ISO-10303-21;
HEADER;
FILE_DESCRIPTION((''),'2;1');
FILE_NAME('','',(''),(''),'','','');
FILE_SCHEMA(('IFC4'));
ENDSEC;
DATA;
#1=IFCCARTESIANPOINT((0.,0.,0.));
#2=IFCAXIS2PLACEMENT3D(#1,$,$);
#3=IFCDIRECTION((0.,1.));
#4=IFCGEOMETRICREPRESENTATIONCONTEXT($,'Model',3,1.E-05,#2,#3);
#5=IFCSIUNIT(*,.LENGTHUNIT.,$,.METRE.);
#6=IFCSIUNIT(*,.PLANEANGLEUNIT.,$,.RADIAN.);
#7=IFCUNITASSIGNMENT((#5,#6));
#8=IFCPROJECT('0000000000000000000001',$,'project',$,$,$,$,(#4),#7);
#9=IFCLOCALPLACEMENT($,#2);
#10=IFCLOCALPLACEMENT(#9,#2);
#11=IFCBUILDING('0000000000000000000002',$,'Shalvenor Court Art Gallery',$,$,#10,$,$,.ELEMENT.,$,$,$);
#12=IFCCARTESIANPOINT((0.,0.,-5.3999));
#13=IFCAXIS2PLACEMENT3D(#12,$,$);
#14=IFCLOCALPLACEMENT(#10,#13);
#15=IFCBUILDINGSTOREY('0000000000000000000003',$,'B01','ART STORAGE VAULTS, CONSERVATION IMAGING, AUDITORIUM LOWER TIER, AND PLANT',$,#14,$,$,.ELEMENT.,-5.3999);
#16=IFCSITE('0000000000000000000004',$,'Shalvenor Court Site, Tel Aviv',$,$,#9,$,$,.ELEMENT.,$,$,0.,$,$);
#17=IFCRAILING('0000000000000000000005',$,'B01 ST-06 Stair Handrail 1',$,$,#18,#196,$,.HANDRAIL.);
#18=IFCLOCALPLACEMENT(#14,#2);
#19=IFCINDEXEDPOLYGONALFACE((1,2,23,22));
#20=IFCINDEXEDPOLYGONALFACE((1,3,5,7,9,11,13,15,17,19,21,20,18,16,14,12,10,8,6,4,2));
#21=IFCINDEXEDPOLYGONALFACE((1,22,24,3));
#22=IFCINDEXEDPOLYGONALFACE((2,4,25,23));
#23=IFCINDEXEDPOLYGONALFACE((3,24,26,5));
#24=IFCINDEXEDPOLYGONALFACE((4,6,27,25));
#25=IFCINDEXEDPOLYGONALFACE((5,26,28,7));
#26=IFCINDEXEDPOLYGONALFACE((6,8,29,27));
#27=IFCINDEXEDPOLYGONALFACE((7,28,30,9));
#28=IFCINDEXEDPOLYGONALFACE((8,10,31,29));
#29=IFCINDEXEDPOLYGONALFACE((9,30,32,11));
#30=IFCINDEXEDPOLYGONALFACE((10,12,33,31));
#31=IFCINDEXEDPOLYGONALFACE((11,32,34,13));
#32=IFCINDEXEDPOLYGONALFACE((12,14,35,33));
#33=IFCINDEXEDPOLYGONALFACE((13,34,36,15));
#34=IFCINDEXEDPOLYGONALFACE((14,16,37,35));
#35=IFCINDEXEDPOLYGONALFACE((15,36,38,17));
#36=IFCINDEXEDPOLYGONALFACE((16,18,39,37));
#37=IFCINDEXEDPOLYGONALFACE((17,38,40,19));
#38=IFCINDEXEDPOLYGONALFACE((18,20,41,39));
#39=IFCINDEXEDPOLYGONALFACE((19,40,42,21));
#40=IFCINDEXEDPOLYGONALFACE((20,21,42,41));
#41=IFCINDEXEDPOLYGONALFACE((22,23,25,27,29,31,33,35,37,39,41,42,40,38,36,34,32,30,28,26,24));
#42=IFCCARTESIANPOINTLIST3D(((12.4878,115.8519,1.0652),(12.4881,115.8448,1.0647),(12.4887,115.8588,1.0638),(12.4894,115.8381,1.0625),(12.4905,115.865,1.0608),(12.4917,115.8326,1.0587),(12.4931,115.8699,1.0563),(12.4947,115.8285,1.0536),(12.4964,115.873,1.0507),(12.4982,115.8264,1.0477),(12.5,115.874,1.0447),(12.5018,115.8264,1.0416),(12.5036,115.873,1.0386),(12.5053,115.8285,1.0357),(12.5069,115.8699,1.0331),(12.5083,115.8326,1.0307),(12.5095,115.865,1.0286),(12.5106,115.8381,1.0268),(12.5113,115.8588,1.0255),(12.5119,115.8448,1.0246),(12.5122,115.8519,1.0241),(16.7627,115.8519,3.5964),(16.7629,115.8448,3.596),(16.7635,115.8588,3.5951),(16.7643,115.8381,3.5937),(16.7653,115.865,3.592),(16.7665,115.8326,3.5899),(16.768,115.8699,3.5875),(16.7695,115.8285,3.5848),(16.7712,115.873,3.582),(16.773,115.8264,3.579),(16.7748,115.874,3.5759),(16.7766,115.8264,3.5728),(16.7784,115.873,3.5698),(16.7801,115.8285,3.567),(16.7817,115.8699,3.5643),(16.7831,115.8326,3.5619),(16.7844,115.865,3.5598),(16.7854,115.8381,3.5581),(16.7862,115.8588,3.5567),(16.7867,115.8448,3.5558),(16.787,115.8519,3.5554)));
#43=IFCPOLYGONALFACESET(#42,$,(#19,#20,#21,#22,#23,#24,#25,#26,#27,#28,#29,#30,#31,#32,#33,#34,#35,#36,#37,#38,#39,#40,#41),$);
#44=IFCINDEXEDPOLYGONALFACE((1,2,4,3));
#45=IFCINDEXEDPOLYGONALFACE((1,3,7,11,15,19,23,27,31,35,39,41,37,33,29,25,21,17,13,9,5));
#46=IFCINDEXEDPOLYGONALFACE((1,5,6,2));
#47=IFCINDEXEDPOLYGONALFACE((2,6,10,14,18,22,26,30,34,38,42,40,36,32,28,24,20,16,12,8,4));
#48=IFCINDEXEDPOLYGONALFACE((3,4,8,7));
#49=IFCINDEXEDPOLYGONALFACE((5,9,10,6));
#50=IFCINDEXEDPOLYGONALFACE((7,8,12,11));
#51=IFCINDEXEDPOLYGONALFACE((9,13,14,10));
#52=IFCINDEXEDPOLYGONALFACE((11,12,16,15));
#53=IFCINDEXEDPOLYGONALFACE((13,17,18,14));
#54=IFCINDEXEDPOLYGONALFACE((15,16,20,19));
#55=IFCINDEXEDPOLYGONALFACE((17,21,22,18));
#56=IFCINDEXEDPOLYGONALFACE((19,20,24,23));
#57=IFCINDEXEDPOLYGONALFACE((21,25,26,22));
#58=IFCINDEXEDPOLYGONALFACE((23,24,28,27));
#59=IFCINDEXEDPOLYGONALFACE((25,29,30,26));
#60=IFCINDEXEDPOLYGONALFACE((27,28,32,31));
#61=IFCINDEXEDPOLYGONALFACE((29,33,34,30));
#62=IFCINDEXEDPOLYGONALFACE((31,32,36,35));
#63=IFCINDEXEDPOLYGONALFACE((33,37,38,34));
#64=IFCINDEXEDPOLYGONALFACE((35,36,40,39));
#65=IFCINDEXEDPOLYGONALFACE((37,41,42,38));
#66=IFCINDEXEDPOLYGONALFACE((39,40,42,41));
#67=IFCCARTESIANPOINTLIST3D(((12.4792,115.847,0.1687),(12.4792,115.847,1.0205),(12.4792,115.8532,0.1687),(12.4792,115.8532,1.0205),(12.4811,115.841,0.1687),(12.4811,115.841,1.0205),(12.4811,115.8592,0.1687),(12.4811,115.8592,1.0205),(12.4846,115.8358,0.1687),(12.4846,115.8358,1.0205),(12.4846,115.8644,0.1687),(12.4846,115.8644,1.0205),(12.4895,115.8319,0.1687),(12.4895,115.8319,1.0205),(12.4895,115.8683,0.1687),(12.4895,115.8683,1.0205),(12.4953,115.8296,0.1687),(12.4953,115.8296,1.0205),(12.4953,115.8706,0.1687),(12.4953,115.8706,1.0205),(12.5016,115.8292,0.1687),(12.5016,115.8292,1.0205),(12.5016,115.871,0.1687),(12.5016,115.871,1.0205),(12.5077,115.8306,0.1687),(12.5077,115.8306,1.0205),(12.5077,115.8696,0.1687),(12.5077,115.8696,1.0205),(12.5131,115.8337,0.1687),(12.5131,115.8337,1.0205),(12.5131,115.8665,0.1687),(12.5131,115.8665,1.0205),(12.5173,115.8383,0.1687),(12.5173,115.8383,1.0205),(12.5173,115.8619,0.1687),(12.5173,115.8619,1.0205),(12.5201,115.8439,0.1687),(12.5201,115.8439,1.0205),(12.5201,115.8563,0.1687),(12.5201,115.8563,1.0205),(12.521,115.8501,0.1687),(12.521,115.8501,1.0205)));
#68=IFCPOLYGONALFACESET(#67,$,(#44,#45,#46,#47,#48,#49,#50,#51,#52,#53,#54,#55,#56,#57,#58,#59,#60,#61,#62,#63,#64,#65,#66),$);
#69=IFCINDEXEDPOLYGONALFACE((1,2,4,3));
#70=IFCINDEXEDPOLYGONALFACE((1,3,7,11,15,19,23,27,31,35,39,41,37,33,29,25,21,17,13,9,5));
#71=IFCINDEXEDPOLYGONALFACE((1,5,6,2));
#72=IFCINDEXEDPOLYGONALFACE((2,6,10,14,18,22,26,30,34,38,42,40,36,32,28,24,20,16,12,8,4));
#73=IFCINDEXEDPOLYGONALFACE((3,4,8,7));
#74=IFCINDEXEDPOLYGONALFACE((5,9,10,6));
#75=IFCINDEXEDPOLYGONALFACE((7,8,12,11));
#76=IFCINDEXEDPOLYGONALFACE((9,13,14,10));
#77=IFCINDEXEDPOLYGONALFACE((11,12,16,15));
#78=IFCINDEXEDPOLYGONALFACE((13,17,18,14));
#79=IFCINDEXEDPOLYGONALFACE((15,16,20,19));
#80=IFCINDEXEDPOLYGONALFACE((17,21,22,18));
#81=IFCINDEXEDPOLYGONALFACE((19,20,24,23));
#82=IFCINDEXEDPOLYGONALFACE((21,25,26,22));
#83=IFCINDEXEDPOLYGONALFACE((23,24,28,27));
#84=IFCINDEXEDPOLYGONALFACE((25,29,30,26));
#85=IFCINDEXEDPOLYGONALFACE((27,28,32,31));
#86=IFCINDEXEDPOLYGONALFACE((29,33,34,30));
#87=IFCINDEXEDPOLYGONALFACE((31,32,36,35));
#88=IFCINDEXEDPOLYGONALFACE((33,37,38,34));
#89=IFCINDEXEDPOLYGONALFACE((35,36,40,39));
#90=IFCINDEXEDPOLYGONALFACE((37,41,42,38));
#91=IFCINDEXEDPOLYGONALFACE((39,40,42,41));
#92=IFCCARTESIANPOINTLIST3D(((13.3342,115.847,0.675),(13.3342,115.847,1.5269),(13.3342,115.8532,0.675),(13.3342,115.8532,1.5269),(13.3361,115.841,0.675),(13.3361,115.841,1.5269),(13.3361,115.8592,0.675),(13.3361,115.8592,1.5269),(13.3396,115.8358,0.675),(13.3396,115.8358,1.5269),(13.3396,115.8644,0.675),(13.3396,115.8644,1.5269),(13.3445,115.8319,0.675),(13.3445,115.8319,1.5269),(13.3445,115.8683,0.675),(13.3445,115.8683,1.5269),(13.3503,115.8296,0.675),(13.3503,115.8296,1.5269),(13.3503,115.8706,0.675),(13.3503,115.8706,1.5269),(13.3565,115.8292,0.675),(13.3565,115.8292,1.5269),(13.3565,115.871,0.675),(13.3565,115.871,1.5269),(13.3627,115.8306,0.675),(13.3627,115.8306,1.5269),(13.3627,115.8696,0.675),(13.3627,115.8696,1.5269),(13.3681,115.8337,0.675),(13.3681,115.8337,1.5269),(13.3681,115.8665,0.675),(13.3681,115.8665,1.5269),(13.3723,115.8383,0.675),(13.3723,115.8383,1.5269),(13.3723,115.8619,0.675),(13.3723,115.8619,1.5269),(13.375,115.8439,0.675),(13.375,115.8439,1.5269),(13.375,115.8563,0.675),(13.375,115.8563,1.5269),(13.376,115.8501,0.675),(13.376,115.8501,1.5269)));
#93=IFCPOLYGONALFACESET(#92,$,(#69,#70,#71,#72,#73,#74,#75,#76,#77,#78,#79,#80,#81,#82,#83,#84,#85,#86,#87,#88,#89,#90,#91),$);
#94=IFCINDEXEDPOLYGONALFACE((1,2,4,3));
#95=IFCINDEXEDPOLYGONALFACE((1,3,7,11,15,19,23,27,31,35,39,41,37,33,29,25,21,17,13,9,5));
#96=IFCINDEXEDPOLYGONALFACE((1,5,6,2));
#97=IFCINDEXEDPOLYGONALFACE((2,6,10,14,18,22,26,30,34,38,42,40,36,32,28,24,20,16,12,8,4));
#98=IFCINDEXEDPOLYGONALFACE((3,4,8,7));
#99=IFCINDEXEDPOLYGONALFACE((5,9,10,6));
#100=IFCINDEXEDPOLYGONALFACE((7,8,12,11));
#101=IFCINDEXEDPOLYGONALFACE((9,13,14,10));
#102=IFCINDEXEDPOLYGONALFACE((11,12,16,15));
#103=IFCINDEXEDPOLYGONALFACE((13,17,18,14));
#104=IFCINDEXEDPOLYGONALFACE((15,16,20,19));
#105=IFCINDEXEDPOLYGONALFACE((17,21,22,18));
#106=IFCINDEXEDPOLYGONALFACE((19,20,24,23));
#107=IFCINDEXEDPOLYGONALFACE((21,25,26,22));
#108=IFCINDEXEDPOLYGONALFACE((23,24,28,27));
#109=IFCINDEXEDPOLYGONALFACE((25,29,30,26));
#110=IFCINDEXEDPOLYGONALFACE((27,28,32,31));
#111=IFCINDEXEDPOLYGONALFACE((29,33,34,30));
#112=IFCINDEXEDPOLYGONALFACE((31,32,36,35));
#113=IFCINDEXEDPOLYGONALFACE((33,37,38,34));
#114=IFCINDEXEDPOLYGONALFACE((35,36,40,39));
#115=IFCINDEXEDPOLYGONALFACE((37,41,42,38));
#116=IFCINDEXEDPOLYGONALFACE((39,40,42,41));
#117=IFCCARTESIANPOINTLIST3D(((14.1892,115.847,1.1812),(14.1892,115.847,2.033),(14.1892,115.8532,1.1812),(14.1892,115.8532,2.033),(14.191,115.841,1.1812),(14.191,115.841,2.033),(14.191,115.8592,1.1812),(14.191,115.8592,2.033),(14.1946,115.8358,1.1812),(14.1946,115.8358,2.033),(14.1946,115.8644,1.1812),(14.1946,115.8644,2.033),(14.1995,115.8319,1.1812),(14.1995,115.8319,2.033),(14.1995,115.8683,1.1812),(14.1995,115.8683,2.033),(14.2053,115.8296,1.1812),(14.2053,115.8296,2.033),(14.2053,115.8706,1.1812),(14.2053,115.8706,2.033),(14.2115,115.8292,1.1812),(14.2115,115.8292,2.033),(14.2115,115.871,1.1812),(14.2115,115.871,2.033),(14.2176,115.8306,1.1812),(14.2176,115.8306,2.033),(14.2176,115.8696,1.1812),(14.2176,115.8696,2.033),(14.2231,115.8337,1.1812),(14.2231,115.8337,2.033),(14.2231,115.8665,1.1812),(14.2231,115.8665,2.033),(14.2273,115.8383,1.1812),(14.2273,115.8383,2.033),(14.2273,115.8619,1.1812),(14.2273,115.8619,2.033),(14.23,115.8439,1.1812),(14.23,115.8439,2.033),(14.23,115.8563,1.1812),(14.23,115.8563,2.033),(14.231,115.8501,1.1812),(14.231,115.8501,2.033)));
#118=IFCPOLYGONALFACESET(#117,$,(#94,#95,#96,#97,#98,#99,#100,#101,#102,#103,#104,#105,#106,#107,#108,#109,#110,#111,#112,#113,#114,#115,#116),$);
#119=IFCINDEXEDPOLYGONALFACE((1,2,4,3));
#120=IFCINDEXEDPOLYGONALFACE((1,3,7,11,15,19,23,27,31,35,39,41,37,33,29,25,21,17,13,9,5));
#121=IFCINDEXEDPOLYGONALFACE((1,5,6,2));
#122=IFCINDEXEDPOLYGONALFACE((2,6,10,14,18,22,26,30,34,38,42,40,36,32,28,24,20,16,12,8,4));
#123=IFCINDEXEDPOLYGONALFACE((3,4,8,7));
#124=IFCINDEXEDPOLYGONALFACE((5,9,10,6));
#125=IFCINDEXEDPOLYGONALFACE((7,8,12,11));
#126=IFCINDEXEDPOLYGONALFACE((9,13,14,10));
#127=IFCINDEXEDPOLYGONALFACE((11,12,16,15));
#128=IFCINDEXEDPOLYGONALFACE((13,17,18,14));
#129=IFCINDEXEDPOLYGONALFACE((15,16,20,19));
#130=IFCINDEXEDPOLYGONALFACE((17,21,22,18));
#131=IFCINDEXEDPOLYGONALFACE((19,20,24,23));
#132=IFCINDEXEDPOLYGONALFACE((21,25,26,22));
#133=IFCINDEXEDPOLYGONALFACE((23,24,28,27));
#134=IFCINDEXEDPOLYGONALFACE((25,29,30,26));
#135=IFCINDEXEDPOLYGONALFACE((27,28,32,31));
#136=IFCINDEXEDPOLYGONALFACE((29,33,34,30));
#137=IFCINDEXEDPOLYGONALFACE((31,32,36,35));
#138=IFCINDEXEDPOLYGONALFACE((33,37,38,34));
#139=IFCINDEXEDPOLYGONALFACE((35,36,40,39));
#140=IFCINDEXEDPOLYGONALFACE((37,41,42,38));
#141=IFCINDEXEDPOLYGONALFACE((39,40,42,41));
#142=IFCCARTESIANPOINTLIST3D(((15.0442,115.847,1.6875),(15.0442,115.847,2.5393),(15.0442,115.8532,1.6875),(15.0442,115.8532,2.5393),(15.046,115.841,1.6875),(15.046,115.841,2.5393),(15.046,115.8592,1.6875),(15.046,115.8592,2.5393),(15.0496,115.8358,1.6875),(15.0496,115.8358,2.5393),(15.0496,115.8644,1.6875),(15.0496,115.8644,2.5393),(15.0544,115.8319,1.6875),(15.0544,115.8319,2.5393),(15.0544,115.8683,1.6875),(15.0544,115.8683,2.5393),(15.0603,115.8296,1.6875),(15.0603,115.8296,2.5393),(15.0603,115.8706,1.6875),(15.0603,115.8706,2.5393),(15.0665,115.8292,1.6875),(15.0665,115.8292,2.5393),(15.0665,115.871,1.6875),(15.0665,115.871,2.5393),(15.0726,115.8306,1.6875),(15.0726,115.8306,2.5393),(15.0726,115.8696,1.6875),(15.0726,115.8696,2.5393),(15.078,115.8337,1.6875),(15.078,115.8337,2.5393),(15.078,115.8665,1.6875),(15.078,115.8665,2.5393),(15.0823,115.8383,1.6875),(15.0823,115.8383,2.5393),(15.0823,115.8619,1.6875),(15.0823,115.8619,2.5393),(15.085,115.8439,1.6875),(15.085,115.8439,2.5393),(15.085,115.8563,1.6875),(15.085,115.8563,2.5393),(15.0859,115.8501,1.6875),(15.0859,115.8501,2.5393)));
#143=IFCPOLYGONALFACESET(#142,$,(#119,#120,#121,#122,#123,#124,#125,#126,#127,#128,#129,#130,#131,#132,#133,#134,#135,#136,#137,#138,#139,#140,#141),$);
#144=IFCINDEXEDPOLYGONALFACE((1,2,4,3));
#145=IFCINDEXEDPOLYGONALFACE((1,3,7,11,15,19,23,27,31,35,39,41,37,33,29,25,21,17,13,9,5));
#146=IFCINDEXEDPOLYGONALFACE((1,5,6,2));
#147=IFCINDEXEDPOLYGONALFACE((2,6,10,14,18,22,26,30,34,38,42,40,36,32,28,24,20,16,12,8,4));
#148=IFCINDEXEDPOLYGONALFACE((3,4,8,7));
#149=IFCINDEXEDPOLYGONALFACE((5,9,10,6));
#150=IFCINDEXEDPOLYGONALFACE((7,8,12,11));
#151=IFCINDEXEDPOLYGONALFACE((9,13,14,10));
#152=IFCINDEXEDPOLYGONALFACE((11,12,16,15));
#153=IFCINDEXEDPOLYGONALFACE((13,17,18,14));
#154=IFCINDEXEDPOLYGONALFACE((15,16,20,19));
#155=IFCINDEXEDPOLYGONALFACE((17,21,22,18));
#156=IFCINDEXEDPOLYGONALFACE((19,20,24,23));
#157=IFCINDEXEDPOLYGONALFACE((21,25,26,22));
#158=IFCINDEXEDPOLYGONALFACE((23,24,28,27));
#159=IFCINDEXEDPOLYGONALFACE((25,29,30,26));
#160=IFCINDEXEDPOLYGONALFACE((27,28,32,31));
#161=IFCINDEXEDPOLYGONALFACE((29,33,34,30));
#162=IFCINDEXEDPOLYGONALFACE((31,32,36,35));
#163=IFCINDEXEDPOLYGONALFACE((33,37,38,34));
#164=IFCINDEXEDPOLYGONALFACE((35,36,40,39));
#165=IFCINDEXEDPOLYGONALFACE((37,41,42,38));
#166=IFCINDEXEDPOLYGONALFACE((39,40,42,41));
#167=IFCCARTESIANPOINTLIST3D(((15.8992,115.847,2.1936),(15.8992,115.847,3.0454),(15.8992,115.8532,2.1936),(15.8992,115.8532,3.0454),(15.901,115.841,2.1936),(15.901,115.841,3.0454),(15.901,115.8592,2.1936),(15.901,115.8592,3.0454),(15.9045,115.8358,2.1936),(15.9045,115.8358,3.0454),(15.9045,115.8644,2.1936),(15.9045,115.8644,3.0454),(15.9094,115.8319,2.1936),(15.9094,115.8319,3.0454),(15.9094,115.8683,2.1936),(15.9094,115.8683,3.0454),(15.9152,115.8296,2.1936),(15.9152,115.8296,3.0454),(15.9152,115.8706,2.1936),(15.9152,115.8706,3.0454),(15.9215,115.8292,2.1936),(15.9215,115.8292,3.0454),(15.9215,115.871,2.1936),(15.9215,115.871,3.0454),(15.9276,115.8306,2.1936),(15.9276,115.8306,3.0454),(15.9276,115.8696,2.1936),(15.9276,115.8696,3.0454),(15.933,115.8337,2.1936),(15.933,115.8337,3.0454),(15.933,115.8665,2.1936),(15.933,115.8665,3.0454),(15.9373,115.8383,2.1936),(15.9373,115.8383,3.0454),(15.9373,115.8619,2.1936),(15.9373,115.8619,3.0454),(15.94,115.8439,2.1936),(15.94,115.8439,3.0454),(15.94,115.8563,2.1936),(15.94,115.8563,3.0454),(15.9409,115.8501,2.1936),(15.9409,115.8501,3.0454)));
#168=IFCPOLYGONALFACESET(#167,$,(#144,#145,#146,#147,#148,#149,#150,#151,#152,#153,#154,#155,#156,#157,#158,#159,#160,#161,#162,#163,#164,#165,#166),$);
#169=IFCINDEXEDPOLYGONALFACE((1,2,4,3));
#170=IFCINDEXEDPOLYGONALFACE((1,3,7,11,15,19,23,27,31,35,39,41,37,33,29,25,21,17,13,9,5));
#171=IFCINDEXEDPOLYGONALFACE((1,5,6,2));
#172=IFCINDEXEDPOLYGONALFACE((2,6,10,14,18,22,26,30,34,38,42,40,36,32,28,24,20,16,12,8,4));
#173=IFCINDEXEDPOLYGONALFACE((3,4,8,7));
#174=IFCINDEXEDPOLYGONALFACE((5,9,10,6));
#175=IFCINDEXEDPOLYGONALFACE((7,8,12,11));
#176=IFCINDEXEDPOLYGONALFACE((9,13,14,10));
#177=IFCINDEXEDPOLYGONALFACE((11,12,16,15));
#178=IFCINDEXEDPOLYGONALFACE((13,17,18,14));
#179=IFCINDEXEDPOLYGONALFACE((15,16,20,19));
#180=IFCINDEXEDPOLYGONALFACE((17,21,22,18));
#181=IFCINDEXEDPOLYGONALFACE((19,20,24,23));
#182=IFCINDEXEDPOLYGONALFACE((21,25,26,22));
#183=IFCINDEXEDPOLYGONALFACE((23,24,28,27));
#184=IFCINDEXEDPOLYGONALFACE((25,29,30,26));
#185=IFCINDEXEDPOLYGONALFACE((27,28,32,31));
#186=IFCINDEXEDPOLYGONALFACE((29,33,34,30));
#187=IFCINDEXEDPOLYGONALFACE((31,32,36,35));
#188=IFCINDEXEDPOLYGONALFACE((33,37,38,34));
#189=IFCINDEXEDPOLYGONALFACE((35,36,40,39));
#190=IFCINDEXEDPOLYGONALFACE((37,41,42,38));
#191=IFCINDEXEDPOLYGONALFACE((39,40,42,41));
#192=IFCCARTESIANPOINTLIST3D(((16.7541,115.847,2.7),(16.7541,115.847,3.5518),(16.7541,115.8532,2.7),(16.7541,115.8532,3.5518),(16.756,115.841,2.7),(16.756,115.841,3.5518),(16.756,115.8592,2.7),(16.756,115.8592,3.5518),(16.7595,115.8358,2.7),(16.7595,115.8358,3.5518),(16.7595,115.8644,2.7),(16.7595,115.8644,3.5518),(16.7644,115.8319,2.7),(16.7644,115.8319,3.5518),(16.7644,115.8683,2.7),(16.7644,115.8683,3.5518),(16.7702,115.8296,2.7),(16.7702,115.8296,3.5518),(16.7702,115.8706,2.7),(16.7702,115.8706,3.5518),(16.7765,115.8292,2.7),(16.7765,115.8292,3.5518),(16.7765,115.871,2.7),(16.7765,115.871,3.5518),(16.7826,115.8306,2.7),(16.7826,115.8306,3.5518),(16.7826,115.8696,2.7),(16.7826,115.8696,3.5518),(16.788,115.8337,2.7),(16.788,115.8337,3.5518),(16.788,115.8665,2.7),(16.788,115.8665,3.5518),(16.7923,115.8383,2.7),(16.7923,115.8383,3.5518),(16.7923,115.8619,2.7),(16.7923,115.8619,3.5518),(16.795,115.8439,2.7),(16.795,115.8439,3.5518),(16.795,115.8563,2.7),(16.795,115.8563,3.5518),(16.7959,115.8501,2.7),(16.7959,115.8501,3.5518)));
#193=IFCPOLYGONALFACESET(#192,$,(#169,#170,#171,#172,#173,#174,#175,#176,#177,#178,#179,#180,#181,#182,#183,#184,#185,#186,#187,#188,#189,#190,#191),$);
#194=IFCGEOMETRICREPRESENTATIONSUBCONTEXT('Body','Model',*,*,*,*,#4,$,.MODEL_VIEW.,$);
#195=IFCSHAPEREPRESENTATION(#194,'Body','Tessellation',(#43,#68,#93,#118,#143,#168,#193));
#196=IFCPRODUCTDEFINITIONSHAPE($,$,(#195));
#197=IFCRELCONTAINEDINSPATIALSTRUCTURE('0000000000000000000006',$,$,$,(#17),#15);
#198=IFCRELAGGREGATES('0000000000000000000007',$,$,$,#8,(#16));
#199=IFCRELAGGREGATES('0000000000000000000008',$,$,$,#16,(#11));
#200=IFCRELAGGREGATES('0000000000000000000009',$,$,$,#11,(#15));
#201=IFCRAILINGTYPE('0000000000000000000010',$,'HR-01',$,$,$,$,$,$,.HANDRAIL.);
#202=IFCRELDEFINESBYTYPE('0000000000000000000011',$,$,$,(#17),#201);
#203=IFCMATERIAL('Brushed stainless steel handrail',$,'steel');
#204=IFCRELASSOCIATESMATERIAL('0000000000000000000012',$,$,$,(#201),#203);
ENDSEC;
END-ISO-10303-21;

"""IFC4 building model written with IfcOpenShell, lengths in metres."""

from ifc_helpers import new_model, si_unit, direction, frame, origin, origin_2d, place, context, subcontext, project, spatial, circle, extrude, material, type_object, element, save


model = new_model("IFC4")

# Units and contexts
model_context = context("Model", 3, precision=1e-05, world=origin(), true_north=direction((0.0, 1.0)))
body_context = subcontext(model_context, "Body", "Model", "MODEL_VIEW")
ifc_project = project(units=[si_unit("LENGTHUNIT", "METRE"), si_unit("PLANEANGLEUNIT", "RADIAN")], contexts=[model_context])

# Site, building, storey
site_placement = place(None, origin())
site = spatial("IfcSite", under=ifc_project, at=site_placement, Name="Shalvenor Court Site, Tel Aviv", CompositionType="ELEMENT", RefElevation=0.0)
building_placement = place(site_placement, origin())
building = spatial("IfcBuilding", under=site, at=building_placement, Name="Shalvenor Court Art Gallery", CompositionType="ELEMENT")
storey_placement = place(building_placement, frame((0.0, 0.0, -5.3999)))
storey = spatial("IfcBuildingStorey", under=building, at=storey_placement, Name="B01", Description="ART STORAGE VAULTS, CONSERVATION IMAGING, AUDITORIUM LOWER TIER, AND PLANT", CompositionType="ELEMENT", Elevation=-5.3999)

# Railing
ifc_material_1 = material(Name="Brushed stainless steel handrail", Category="steel")
railing_type_1 = type_object("IfcRailingType", Name="HR-01", PredefinedType="HANDRAIL", material=ifc_material_1)
railing_1_placement = place(storey_placement, frame((12.5, 115.8501, 0.1687)))
element("IfcRailing", 1, at=railing_1_placement, inside=storey, type_object=railing_type_1, Name="B01 ST-06 Stair Handrail 1", PredefinedType="HANDRAIL", context=body_context, shape_type="SweptSolid", body=[
    extrude(circle(Radius=0.0239, at=origin_2d()), frame((0.0, 0.0, 0.876), z_axis=(0.86047, 0.0, 0.509501), x_axis=(0.0, 1.0, 0.0)), (0.0, 0.0, 1.0), 4.968),
    extrude(circle(Radius=0.021, at=origin_2d()), origin(), (0.0, 0.0, 1.0), 0.8518),
    extrude(circle(Radius=0.021, at=origin_2d()), frame((0.855, 0.0, 0.5063)), (0.0, 0.0, 1.0), 0.8518),
    extrude(circle(Radius=0.021, at=origin_2d()), frame((1.71, 0.0, 1.0125)), (0.0, 0.0, 1.0), 0.8518),
    extrude(circle(Radius=0.021, at=origin_2d()), frame((2.5649, 0.0, 1.5188)), (0.0, 0.0, 1.0), 0.8518),
    extrude(circle(Radius=0.021, at=origin_2d()), frame((3.4199, 0.0, 2.0249)), (0.0, 0.0, 1.0), 0.8518),
    extrude(circle(Radius=0.021, at=origin_2d()), frame((4.2749, 0.0, 2.5312)), (0.0, 0.0, 1.0), 0.8518),
])

save(model, "model.ifc")
